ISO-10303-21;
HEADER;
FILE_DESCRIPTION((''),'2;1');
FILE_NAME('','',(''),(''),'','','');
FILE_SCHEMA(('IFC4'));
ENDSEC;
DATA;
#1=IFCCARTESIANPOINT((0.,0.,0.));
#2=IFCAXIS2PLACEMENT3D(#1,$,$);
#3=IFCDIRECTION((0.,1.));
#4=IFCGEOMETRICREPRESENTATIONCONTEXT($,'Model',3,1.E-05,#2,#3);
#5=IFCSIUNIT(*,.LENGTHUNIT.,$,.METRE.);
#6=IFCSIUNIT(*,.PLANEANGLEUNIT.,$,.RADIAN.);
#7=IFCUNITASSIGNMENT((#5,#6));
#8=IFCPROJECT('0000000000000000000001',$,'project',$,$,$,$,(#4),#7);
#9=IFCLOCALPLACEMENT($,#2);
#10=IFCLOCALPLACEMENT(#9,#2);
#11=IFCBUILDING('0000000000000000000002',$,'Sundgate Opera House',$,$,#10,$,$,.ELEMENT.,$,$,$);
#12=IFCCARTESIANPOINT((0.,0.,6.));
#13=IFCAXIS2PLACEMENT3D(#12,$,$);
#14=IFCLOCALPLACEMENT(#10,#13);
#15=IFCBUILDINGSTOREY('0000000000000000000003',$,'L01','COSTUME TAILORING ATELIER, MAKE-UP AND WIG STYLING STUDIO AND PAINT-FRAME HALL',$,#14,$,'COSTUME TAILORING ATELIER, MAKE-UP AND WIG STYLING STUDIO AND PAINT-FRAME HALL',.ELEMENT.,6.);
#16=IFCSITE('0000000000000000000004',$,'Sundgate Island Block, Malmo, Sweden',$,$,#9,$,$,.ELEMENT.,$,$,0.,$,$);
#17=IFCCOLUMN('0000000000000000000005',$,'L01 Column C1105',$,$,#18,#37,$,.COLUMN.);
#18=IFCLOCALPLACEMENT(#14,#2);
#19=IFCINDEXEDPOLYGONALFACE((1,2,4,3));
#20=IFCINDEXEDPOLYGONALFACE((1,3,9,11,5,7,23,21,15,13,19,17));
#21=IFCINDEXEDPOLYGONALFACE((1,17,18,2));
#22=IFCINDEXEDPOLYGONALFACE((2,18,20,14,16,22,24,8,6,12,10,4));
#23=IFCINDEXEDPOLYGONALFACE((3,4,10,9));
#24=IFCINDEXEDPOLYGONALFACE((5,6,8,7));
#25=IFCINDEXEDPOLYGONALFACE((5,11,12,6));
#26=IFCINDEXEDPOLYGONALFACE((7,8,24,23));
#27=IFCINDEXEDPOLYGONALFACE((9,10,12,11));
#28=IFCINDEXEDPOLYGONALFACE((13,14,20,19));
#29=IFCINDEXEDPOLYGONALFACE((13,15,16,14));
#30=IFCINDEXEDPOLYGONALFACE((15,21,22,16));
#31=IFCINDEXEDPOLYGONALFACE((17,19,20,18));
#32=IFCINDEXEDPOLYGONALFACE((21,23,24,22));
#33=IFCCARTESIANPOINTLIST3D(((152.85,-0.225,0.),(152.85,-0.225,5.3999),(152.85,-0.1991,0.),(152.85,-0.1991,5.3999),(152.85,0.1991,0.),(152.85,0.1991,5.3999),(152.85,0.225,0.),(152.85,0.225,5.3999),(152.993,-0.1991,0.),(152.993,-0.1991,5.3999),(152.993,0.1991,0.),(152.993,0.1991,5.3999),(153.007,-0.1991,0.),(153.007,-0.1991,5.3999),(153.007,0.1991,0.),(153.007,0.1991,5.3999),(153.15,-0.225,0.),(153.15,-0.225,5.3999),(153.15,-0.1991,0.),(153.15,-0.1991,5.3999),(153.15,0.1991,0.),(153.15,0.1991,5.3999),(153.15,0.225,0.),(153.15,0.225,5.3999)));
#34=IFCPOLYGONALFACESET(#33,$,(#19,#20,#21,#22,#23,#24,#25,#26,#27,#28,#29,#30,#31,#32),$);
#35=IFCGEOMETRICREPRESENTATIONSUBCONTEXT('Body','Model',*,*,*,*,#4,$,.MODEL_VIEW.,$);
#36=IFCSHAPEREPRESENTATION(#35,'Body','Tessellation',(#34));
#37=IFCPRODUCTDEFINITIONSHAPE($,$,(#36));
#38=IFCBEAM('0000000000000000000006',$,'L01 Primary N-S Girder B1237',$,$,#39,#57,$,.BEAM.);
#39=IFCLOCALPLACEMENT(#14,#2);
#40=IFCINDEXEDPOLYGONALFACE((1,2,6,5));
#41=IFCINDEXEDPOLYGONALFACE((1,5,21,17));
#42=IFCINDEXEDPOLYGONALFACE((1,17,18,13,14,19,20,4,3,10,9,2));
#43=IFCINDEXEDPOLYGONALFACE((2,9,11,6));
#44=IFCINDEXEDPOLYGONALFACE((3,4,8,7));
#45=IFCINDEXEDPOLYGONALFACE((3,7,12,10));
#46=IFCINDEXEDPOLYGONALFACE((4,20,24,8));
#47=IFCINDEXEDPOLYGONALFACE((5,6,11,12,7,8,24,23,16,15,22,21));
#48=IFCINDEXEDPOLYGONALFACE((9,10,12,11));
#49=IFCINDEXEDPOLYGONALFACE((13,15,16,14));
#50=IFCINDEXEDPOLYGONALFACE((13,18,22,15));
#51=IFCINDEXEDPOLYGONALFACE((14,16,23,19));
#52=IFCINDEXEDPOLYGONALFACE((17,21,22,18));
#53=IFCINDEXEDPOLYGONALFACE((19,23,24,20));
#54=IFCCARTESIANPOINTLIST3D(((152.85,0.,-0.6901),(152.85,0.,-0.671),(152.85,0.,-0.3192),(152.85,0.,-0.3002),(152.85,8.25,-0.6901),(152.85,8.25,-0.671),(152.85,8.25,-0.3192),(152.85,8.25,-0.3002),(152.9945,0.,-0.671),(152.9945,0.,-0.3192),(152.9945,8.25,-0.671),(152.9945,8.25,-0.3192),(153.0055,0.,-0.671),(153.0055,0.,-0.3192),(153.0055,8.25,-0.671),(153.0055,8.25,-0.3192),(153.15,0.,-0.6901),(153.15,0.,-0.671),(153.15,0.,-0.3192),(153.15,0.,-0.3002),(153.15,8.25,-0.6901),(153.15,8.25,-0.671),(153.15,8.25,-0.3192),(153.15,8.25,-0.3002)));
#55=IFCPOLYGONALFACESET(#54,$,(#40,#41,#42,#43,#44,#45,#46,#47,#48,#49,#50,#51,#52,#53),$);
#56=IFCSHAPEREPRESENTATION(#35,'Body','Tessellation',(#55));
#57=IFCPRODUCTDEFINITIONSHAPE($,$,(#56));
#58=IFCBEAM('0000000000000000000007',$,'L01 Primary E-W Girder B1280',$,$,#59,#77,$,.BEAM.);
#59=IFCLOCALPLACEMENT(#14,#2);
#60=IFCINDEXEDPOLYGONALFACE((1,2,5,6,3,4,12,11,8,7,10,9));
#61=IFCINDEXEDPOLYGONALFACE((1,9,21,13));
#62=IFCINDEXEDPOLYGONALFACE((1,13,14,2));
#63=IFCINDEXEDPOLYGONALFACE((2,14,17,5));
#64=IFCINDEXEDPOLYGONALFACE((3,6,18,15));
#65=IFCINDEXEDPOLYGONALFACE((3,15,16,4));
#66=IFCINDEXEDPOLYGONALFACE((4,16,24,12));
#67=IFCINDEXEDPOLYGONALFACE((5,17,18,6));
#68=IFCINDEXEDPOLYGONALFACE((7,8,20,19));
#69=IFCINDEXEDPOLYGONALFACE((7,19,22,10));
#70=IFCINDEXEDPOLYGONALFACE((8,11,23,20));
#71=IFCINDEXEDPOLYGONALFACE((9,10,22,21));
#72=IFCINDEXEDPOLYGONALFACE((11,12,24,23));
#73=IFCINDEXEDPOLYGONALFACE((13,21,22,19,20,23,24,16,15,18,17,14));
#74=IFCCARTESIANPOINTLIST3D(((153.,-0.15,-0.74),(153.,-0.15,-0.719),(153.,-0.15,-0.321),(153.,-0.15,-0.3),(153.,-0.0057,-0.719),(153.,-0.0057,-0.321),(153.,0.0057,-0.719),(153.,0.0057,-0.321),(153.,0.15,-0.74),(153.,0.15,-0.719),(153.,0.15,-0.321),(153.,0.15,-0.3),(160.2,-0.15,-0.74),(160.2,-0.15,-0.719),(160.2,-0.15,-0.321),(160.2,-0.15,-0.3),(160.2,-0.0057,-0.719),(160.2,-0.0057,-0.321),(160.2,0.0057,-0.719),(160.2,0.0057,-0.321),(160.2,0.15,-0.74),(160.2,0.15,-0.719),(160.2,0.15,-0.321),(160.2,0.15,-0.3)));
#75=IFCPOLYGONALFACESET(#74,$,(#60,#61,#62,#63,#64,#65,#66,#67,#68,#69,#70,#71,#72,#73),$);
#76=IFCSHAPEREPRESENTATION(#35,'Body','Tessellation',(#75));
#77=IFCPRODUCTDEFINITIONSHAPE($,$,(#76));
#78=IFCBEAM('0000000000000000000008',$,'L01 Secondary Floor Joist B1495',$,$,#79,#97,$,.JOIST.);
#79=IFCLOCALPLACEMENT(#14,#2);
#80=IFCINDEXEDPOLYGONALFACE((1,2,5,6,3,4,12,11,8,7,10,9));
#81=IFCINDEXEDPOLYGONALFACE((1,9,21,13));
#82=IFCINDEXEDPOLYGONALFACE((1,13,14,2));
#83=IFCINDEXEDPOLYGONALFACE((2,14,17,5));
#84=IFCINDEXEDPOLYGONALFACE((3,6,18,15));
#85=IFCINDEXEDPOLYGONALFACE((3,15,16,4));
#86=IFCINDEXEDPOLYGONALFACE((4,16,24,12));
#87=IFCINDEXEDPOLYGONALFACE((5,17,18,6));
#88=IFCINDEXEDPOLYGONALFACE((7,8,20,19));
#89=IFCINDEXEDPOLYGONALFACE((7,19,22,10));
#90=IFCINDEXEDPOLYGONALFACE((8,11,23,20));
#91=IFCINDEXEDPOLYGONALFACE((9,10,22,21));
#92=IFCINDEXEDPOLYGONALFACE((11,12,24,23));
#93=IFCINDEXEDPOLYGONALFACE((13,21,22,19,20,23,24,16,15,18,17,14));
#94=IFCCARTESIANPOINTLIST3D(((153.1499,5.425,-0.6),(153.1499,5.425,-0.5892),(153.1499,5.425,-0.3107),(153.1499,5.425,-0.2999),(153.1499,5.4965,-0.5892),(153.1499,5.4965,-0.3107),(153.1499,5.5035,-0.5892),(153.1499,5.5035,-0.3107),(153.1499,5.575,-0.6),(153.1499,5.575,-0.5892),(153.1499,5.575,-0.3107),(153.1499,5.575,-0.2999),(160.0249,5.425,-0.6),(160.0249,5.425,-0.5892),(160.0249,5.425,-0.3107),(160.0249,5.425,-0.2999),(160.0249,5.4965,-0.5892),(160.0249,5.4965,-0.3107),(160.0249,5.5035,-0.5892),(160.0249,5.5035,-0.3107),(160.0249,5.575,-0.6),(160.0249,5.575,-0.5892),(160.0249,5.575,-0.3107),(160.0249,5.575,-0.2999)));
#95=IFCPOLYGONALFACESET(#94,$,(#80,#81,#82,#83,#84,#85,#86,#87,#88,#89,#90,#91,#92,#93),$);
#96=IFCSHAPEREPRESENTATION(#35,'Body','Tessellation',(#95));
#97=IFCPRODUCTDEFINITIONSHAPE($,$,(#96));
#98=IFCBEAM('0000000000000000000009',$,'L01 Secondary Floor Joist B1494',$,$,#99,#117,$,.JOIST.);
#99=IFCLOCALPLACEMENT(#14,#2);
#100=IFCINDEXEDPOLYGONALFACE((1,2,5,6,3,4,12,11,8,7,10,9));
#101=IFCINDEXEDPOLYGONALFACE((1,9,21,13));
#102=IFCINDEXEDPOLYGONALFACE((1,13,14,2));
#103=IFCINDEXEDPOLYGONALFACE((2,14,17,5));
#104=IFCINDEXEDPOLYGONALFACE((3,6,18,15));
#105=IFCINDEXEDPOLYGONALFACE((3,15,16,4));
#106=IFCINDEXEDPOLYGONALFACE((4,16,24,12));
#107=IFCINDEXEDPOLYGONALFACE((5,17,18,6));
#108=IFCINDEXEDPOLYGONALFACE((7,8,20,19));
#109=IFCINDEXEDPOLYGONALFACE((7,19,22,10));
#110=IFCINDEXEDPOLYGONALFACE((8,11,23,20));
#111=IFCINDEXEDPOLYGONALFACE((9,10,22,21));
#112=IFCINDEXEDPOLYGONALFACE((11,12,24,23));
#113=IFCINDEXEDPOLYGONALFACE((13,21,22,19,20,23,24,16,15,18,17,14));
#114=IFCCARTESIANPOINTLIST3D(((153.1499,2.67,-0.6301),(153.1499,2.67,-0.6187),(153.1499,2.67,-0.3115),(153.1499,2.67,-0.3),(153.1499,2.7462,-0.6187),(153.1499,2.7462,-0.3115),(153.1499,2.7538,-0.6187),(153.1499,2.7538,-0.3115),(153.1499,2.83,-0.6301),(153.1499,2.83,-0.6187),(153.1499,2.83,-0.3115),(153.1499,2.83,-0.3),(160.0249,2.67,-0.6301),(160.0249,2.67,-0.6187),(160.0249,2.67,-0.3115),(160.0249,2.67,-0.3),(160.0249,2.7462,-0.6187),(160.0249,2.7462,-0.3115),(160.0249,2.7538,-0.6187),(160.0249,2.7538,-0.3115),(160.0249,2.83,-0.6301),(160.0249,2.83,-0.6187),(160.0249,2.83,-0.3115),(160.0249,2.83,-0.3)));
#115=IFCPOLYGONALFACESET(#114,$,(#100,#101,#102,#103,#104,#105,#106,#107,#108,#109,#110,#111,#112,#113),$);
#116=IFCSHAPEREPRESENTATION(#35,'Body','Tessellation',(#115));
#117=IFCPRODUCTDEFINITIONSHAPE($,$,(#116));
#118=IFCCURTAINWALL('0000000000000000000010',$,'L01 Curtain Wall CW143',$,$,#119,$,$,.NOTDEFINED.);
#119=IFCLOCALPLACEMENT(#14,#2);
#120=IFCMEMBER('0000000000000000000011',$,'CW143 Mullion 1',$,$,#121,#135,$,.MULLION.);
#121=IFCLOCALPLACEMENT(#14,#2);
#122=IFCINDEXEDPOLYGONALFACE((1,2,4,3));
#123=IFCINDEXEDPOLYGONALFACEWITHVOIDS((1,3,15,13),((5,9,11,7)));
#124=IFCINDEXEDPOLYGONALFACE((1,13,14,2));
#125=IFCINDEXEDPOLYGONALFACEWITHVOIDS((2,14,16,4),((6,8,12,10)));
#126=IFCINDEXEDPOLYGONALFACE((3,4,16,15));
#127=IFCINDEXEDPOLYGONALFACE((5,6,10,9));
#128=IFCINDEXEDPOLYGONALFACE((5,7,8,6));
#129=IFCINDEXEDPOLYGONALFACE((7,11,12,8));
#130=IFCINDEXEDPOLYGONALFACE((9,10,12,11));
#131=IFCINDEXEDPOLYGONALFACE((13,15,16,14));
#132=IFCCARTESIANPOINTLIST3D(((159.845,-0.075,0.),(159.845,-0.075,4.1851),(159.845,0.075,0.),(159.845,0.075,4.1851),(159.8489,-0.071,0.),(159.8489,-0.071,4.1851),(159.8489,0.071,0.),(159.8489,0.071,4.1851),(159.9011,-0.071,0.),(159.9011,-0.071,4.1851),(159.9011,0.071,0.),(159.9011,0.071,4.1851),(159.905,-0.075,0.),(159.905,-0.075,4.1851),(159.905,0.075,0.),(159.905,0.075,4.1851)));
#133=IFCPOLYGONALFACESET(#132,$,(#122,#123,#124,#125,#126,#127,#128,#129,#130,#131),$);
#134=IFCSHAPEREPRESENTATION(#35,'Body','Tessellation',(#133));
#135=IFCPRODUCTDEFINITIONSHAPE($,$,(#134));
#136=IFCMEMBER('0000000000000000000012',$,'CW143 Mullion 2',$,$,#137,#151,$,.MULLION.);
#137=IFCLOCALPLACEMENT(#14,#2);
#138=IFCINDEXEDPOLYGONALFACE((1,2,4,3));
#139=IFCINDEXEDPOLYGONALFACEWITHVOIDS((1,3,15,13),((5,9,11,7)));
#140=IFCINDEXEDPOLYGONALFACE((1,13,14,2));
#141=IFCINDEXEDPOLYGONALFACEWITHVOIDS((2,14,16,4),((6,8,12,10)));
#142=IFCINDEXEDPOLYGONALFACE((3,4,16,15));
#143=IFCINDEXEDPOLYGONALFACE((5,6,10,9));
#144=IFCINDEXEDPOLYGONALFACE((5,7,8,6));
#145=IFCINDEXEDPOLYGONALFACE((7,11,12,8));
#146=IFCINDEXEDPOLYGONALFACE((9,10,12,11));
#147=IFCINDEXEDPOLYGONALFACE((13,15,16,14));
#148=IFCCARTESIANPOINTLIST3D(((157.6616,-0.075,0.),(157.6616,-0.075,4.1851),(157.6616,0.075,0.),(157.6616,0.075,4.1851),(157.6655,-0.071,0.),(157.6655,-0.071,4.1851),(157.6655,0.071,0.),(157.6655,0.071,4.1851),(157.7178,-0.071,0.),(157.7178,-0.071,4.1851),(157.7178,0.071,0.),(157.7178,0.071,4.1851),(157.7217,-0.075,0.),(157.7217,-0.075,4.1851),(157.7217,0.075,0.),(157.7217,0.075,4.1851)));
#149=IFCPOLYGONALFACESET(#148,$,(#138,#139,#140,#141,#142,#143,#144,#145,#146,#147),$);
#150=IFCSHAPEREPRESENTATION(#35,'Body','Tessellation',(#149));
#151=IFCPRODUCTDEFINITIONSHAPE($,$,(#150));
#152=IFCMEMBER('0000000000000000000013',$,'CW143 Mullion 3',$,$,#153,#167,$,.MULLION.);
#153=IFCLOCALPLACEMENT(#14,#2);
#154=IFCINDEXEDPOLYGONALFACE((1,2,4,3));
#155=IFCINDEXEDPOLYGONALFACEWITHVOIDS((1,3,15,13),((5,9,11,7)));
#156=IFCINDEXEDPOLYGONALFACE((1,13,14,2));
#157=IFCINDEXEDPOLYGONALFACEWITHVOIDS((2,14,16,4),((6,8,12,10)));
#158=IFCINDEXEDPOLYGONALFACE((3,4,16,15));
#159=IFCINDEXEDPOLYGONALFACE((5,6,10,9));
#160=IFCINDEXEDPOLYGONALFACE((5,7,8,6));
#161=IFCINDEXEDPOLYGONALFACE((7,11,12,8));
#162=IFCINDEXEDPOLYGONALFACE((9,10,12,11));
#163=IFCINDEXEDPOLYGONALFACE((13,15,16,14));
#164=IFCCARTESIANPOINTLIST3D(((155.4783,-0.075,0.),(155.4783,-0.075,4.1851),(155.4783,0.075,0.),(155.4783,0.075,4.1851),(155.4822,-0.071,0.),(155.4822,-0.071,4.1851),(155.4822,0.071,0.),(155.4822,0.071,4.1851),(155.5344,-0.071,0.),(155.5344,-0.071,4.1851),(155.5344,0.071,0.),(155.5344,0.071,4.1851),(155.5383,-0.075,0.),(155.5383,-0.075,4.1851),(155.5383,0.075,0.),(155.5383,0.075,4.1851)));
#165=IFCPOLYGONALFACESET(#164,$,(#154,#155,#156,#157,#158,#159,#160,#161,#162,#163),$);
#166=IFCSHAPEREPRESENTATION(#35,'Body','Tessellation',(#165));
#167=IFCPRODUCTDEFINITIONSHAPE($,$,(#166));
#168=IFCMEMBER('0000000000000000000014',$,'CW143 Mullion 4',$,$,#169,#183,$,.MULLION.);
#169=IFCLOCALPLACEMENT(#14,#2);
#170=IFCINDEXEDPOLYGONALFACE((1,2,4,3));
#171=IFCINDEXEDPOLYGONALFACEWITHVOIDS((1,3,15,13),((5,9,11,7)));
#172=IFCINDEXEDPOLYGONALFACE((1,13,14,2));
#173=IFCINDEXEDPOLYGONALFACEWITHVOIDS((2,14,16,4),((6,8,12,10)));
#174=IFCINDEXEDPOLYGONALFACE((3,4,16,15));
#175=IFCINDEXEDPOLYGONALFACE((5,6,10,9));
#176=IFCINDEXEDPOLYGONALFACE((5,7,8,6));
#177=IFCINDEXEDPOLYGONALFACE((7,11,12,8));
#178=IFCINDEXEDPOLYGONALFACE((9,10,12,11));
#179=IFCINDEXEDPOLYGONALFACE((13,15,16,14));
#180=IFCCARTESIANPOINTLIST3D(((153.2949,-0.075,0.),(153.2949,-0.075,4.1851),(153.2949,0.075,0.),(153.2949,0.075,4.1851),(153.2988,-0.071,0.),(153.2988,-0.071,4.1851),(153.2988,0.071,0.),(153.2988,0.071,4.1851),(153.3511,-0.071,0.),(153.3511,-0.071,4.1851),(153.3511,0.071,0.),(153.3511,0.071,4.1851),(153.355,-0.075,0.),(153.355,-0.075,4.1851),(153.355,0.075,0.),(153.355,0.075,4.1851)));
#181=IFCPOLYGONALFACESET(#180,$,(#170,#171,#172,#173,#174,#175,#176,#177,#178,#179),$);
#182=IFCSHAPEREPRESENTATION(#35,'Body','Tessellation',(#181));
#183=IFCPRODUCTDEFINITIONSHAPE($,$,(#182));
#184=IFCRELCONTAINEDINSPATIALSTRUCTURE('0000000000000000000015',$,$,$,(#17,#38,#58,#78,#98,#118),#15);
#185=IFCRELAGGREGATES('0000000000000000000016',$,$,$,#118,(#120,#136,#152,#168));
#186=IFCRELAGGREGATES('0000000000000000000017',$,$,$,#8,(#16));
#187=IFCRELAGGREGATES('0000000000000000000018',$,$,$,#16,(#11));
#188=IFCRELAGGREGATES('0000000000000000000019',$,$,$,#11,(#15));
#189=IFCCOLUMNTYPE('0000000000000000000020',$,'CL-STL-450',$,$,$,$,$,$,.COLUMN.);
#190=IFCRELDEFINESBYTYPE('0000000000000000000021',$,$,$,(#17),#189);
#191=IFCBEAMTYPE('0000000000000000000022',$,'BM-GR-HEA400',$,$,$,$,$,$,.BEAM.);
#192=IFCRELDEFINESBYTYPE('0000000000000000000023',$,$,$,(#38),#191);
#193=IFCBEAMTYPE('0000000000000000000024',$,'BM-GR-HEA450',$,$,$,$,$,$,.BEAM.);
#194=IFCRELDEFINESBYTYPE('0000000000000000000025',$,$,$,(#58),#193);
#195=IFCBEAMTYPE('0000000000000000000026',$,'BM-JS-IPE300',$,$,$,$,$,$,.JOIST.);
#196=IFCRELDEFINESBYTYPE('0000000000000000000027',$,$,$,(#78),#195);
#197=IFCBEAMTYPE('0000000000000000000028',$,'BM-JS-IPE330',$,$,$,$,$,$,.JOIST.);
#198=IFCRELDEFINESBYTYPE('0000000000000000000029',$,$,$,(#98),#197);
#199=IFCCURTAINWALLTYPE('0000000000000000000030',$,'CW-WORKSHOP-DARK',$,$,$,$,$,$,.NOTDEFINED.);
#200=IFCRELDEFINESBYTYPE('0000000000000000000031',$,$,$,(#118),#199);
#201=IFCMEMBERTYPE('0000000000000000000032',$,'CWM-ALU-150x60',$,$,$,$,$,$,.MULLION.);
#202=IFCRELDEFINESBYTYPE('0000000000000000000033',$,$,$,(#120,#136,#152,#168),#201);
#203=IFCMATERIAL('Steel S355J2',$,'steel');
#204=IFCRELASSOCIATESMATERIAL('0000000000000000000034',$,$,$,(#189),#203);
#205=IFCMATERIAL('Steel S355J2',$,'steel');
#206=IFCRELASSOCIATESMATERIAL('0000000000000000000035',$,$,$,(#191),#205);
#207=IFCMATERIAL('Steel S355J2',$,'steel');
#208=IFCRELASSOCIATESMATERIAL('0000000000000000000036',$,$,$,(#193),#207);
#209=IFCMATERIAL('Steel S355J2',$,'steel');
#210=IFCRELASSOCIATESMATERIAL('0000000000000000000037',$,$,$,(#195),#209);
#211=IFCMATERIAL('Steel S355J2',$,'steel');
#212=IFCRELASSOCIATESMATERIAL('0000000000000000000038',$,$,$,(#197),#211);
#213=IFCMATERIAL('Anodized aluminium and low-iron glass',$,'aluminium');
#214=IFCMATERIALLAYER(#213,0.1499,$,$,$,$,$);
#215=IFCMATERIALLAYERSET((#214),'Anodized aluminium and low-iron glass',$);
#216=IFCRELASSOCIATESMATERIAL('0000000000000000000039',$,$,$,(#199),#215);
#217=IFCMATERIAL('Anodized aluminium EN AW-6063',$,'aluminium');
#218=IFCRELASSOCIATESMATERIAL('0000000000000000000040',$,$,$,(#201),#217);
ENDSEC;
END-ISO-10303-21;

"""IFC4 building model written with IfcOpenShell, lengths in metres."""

from ifc_helpers import new_model, si_unit, direction, frame, origin, origin_2d, place, context, subcontext, project, spatial, hollow_rectangle, i_section, extrude, material, layer, layer_set, material_profile, profile_set, type_object, element, aggregate, save


model = new_model("IFC4")

# Units and contexts
model_context = context("Model", 3, precision=1e-05, world=origin(), true_north=direction((0.0, 1.0)))
body_context = subcontext(model_context, "Body", "Model", "MODEL_VIEW")
ifc_project = project(units=[si_unit("LENGTHUNIT", "METRE"), si_unit("PLANEANGLEUNIT", "RADIAN")], contexts=[model_context])

# Site, building, storey
site_placement = place(None, origin())
site = spatial("IfcSite", under=ifc_project, at=site_placement, Name="Sundgate Island Block, Malmo, Sweden", CompositionType="ELEMENT", RefElevation=0.0)
building_placement = place(site_placement, origin())
building = spatial("IfcBuilding", under=site, at=building_placement, Name="Sundgate Opera House", CompositionType="ELEMENT")
storey_placement = place(building_placement, frame((0.0, 0.0, 6.0)))
storey = spatial("IfcBuildingStorey", under=building, at=storey_placement, Name="L01", Description="COSTUME TAILORING ATELIER, MAKE-UP AND WIG STYLING STUDIO AND PAINT-FRAME HALL", LongName="COSTUME TAILORING ATELIER, MAKE-UP AND WIG STYLING STUDIO AND PAINT-FRAME HALL", CompositionType="ELEMENT", Elevation=6.0)

# Column
ifc_material_1 = material(Name="Steel S355J2", Category="steel")
ifc_material_profile_1 = material_profile(ifc_material_1, i_section(OverallWidth=0.3, OverallDepth=0.45, WebThickness=0.0139, FlangeThickness=0.0259, at=origin_2d()), Name="HEB 450")
ifc_profile_set_1 = profile_set([ifc_material_profile_1], Name="Steel S355J2")
column_type = type_object("IfcColumnType", Name="CL-STL-450", PredefinedType="COLUMN", material=ifc_profile_set_1)
column_placement = place(storey_placement, frame((153.0, 0.0, 0.0), z_axis=(0.0, 0.0, 1.0), x_axis=(1.0, 0.0, 0.0)))
element("IfcColumn", 1, at=column_placement, inside=storey, type_object=column_type, Name="L01 Column C1105", PredefinedType="COLUMN", context=body_context, shape_type="SweptSolid", body=[
    extrude(i_section(OverallWidth=0.3, OverallDepth=0.45, WebThickness=0.0139, FlangeThickness=0.0259, at=origin_2d()), origin(), (0.0, 0.0, 1.0), 5.3999),
])

# Beams
ifc_material_2 = material(Name="Steel S355J2", Category="steel")
ifc_material_profile_2 = material_profile(ifc_material_2, i_section(OverallWidth=0.3, OverallDepth=0.3899, WebThickness=0.011, FlangeThickness=0.019, at=origin_2d()), Name="HEA 400")
ifc_profile_set_2 = profile_set([ifc_material_profile_2], Name="Steel S355J2")
beam_type_1 = type_object("IfcBeamType", Name="BM-GR-HEA400", PredefinedType="BEAM", material=ifc_profile_set_2)
beam_1_placement = place(storey_placement, frame((153.0, 0.0, -0.4951), z_axis=(0.0, 1.0, 0.0), x_axis=(-1.0, 0.0, 0.0)))
element("IfcBeam", 2, at=beam_1_placement, inside=storey, type_object=beam_type_1, Name="L01 Primary N-S Girder B1237", PredefinedType="BEAM", context=body_context, shape_type="SweptSolid", body=[
    extrude(i_section(OverallWidth=0.3, OverallDepth=0.3899, WebThickness=0.011, FlangeThickness=0.019, at=origin_2d()), origin(), (0.0, 0.0, 1.0), 8.25),
])
ifc_material_3 = material(Name="Steel S355J2", Category="steel")
ifc_material_profile_3 = material_profile(ifc_material_3, i_section(OverallWidth=0.3, OverallDepth=0.4399, WebThickness=0.0115, FlangeThickness=0.021, at=origin_2d()), Name="HEA 450")
ifc_profile_set_3 = profile_set([ifc_material_profile_3], Name="Steel S355J2")
beam_type_2 = type_object("IfcBeamType", Name="BM-GR-HEA450", PredefinedType="BEAM", material=ifc_profile_set_3)
beam_2_placement = place(storey_placement, frame((153.0, 0.0, -0.52), z_axis=(1.0, 0.0, 0.0), x_axis=(0.0, 1.0, 0.0)))
element("IfcBeam", 3, at=beam_2_placement, inside=storey, type_object=beam_type_2, Name="L01 Primary E-W Girder B1280", PredefinedType="BEAM", context=body_context, shape_type="SweptSolid", body=[
    extrude(i_section(OverallWidth=0.3, OverallDepth=0.4399, WebThickness=0.0115, FlangeThickness=0.021, at=origin_2d()), origin(), (0.0, 0.0, 1.0), 7.2),
])
ifc_material_4 = material(Name="Steel S355J2", Category="steel")
ifc_material_profile_4 = material_profile(ifc_material_4, i_section(OverallWidth=0.1499, OverallDepth=0.3, WebThickness=0.0071, FlangeThickness=0.0107, at=origin_2d()), Name="IPE 300")
ifc_profile_set_4 = profile_set([ifc_material_profile_4], Name="Steel S355J2")
beam_type_3 = type_object("IfcBeamType", Name="BM-JS-IPE300", PredefinedType="JOIST", material=ifc_profile_set_4)
beam_3_placement = place(storey_placement, frame((153.1499, 5.5, -0.45), z_axis=(1.0, 0.0, 0.0), x_axis=(0.0, 1.0, 0.0)))
element("IfcBeam", 4, at=beam_3_placement, inside=storey, type_object=beam_type_3, Name="L01 Secondary Floor Joist B1495", PredefinedType="JOIST", context=body_context, shape_type="SweptSolid", body=[
    extrude(i_section(OverallWidth=0.1499, OverallDepth=0.3, WebThickness=0.0071, FlangeThickness=0.0107, at=origin_2d()), origin(), (0.0, 0.0, 1.0), 6.875),
])
ifc_material_5 = material(Name="Steel S355J2", Category="steel")
ifc_material_profile_5 = material_profile(ifc_material_5, i_section(OverallWidth=0.1599, OverallDepth=0.3301, WebThickness=0.0076, FlangeThickness=0.0115, at=origin_2d()), Name="IPE 330")
ifc_profile_set_5 = profile_set([ifc_material_profile_5], Name="Steel S355J2")
beam_type_4 = type_object("IfcBeamType", Name="BM-JS-IPE330", PredefinedType="JOIST", material=ifc_profile_set_5)
beam_4_placement = place(storey_placement, frame((153.1499, 2.75, -0.4651), z_axis=(1.0, 0.0, 0.0), x_axis=(0.0, 1.0, 0.0)))
element("IfcBeam", 5, at=beam_4_placement, inside=storey, type_object=beam_type_4, Name="L01 Secondary Floor Joist B1494", PredefinedType="JOIST", context=body_context, shape_type="SweptSolid", body=[
    extrude(i_section(OverallWidth=0.1599, OverallDepth=0.3301, WebThickness=0.0076, FlangeThickness=0.0115, at=origin_2d()), origin(), (0.0, 0.0, 1.0), 6.875),
])

# Curtain wall, members
ifc_material_6 = material(Name="Anodized aluminium and low-iron glass", Category="aluminium")
ifc_layer_1 = layer(ifc_material_6, 0.1499)
ifc_layer_set_1 = layer_set([ifc_layer_1], Name="Anodized aluminium and low-iron glass")
curtain_wall_type = type_object("IfcCurtainWallType", Name="CW-WORKSHOP-DARK", PredefinedType="NOTDEFINED", material=ifc_layer_set_1)
curtain_wall_placement = place(storey_placement, origin())
curtain_wall = element("IfcCurtainWall", 6, at=curtain_wall_placement, inside=storey, type_object=curtain_wall_type, Name="L01 Curtain Wall CW143", PredefinedType="NOTDEFINED")
ifc_material_7 = material(Name="Anodized aluminium EN AW-6063", Category="aluminium")
ifc_material_profile_6 = material_profile(ifc_material_7, hollow_rectangle(XDim=0.0601, YDim=0.1499, WallThickness=0.0039, at=origin_2d()), Name="CWM 150x60x4")
ifc_profile_set_6 = profile_set([ifc_material_profile_6], Name="Anodized aluminium EN AW-6063")
member_type_1 = type_object("IfcMemberType", Name="CWM-ALU-150x60", PredefinedType="MULLION", material=ifc_profile_set_6)
member_1_placement = place(storey_placement, frame((159.875, 0.0, 0.0), z_axis=(0.0, 0.0, 1.0), x_axis=(1.0, 0.0, 0.0)))
member_1 = element("IfcMember", 7, at=member_1_placement, type_object=member_type_1, Name="CW143 Mullion 1", PredefinedType="MULLION", context=body_context, shape_type="SweptSolid", body=[
    extrude(hollow_rectangle(XDim=0.0601, YDim=0.1499, WallThickness=0.0039, at=origin_2d()), origin(), (0.0, 0.0, 1.0), 4.1851),
])
member_2_placement = place(storey_placement, frame((157.6917, 0.0, 0.0), z_axis=(0.0, 0.0, 1.0), x_axis=(1.0, 0.0, 0.0)))
member_2 = element("IfcMember", 8, at=member_2_placement, type_object=member_type_1, Name="CW143 Mullion 2", PredefinedType="MULLION", context=body_context, shape_type="SweptSolid", body=[
    extrude(hollow_rectangle(XDim=0.0601, YDim=0.1499, WallThickness=0.0039, at=origin_2d()), origin(), (0.0, 0.0, 1.0), 4.1851),
])
member_3_placement = place(storey_placement, frame((155.5083, 0.0, 0.0), z_axis=(0.0, 0.0, 1.0), x_axis=(1.0, 0.0, 0.0)))
member_3 = element("IfcMember", 9, at=member_3_placement, type_object=member_type_1, Name="CW143 Mullion 3", PredefinedType="MULLION", context=body_context, shape_type="SweptSolid", body=[
    extrude(hollow_rectangle(XDim=0.0601, YDim=0.1499, WallThickness=0.0039, at=origin_2d()), origin(), (0.0, 0.0, 1.0), 4.1851),
])
member_4_placement = place(storey_placement, frame((153.325, 0.0, 0.0), z_axis=(0.0, 0.0, 1.0), x_axis=(1.0, 0.0, 0.0)))
member_4 = element("IfcMember", 10, at=member_4_placement, type_object=member_type_1, Name="CW143 Mullion 4", PredefinedType="MULLION", context=body_context, shape_type="SweptSolid", body=[
    extrude(hollow_rectangle(XDim=0.0601, YDim=0.1499, WallThickness=0.0039, at=origin_2d()), origin(), (0.0, 0.0, 1.0), 4.1851),
])
aggregate(curtain_wall, [member_1, member_2, member_3, member_4])

save(model, "model.ifc")
